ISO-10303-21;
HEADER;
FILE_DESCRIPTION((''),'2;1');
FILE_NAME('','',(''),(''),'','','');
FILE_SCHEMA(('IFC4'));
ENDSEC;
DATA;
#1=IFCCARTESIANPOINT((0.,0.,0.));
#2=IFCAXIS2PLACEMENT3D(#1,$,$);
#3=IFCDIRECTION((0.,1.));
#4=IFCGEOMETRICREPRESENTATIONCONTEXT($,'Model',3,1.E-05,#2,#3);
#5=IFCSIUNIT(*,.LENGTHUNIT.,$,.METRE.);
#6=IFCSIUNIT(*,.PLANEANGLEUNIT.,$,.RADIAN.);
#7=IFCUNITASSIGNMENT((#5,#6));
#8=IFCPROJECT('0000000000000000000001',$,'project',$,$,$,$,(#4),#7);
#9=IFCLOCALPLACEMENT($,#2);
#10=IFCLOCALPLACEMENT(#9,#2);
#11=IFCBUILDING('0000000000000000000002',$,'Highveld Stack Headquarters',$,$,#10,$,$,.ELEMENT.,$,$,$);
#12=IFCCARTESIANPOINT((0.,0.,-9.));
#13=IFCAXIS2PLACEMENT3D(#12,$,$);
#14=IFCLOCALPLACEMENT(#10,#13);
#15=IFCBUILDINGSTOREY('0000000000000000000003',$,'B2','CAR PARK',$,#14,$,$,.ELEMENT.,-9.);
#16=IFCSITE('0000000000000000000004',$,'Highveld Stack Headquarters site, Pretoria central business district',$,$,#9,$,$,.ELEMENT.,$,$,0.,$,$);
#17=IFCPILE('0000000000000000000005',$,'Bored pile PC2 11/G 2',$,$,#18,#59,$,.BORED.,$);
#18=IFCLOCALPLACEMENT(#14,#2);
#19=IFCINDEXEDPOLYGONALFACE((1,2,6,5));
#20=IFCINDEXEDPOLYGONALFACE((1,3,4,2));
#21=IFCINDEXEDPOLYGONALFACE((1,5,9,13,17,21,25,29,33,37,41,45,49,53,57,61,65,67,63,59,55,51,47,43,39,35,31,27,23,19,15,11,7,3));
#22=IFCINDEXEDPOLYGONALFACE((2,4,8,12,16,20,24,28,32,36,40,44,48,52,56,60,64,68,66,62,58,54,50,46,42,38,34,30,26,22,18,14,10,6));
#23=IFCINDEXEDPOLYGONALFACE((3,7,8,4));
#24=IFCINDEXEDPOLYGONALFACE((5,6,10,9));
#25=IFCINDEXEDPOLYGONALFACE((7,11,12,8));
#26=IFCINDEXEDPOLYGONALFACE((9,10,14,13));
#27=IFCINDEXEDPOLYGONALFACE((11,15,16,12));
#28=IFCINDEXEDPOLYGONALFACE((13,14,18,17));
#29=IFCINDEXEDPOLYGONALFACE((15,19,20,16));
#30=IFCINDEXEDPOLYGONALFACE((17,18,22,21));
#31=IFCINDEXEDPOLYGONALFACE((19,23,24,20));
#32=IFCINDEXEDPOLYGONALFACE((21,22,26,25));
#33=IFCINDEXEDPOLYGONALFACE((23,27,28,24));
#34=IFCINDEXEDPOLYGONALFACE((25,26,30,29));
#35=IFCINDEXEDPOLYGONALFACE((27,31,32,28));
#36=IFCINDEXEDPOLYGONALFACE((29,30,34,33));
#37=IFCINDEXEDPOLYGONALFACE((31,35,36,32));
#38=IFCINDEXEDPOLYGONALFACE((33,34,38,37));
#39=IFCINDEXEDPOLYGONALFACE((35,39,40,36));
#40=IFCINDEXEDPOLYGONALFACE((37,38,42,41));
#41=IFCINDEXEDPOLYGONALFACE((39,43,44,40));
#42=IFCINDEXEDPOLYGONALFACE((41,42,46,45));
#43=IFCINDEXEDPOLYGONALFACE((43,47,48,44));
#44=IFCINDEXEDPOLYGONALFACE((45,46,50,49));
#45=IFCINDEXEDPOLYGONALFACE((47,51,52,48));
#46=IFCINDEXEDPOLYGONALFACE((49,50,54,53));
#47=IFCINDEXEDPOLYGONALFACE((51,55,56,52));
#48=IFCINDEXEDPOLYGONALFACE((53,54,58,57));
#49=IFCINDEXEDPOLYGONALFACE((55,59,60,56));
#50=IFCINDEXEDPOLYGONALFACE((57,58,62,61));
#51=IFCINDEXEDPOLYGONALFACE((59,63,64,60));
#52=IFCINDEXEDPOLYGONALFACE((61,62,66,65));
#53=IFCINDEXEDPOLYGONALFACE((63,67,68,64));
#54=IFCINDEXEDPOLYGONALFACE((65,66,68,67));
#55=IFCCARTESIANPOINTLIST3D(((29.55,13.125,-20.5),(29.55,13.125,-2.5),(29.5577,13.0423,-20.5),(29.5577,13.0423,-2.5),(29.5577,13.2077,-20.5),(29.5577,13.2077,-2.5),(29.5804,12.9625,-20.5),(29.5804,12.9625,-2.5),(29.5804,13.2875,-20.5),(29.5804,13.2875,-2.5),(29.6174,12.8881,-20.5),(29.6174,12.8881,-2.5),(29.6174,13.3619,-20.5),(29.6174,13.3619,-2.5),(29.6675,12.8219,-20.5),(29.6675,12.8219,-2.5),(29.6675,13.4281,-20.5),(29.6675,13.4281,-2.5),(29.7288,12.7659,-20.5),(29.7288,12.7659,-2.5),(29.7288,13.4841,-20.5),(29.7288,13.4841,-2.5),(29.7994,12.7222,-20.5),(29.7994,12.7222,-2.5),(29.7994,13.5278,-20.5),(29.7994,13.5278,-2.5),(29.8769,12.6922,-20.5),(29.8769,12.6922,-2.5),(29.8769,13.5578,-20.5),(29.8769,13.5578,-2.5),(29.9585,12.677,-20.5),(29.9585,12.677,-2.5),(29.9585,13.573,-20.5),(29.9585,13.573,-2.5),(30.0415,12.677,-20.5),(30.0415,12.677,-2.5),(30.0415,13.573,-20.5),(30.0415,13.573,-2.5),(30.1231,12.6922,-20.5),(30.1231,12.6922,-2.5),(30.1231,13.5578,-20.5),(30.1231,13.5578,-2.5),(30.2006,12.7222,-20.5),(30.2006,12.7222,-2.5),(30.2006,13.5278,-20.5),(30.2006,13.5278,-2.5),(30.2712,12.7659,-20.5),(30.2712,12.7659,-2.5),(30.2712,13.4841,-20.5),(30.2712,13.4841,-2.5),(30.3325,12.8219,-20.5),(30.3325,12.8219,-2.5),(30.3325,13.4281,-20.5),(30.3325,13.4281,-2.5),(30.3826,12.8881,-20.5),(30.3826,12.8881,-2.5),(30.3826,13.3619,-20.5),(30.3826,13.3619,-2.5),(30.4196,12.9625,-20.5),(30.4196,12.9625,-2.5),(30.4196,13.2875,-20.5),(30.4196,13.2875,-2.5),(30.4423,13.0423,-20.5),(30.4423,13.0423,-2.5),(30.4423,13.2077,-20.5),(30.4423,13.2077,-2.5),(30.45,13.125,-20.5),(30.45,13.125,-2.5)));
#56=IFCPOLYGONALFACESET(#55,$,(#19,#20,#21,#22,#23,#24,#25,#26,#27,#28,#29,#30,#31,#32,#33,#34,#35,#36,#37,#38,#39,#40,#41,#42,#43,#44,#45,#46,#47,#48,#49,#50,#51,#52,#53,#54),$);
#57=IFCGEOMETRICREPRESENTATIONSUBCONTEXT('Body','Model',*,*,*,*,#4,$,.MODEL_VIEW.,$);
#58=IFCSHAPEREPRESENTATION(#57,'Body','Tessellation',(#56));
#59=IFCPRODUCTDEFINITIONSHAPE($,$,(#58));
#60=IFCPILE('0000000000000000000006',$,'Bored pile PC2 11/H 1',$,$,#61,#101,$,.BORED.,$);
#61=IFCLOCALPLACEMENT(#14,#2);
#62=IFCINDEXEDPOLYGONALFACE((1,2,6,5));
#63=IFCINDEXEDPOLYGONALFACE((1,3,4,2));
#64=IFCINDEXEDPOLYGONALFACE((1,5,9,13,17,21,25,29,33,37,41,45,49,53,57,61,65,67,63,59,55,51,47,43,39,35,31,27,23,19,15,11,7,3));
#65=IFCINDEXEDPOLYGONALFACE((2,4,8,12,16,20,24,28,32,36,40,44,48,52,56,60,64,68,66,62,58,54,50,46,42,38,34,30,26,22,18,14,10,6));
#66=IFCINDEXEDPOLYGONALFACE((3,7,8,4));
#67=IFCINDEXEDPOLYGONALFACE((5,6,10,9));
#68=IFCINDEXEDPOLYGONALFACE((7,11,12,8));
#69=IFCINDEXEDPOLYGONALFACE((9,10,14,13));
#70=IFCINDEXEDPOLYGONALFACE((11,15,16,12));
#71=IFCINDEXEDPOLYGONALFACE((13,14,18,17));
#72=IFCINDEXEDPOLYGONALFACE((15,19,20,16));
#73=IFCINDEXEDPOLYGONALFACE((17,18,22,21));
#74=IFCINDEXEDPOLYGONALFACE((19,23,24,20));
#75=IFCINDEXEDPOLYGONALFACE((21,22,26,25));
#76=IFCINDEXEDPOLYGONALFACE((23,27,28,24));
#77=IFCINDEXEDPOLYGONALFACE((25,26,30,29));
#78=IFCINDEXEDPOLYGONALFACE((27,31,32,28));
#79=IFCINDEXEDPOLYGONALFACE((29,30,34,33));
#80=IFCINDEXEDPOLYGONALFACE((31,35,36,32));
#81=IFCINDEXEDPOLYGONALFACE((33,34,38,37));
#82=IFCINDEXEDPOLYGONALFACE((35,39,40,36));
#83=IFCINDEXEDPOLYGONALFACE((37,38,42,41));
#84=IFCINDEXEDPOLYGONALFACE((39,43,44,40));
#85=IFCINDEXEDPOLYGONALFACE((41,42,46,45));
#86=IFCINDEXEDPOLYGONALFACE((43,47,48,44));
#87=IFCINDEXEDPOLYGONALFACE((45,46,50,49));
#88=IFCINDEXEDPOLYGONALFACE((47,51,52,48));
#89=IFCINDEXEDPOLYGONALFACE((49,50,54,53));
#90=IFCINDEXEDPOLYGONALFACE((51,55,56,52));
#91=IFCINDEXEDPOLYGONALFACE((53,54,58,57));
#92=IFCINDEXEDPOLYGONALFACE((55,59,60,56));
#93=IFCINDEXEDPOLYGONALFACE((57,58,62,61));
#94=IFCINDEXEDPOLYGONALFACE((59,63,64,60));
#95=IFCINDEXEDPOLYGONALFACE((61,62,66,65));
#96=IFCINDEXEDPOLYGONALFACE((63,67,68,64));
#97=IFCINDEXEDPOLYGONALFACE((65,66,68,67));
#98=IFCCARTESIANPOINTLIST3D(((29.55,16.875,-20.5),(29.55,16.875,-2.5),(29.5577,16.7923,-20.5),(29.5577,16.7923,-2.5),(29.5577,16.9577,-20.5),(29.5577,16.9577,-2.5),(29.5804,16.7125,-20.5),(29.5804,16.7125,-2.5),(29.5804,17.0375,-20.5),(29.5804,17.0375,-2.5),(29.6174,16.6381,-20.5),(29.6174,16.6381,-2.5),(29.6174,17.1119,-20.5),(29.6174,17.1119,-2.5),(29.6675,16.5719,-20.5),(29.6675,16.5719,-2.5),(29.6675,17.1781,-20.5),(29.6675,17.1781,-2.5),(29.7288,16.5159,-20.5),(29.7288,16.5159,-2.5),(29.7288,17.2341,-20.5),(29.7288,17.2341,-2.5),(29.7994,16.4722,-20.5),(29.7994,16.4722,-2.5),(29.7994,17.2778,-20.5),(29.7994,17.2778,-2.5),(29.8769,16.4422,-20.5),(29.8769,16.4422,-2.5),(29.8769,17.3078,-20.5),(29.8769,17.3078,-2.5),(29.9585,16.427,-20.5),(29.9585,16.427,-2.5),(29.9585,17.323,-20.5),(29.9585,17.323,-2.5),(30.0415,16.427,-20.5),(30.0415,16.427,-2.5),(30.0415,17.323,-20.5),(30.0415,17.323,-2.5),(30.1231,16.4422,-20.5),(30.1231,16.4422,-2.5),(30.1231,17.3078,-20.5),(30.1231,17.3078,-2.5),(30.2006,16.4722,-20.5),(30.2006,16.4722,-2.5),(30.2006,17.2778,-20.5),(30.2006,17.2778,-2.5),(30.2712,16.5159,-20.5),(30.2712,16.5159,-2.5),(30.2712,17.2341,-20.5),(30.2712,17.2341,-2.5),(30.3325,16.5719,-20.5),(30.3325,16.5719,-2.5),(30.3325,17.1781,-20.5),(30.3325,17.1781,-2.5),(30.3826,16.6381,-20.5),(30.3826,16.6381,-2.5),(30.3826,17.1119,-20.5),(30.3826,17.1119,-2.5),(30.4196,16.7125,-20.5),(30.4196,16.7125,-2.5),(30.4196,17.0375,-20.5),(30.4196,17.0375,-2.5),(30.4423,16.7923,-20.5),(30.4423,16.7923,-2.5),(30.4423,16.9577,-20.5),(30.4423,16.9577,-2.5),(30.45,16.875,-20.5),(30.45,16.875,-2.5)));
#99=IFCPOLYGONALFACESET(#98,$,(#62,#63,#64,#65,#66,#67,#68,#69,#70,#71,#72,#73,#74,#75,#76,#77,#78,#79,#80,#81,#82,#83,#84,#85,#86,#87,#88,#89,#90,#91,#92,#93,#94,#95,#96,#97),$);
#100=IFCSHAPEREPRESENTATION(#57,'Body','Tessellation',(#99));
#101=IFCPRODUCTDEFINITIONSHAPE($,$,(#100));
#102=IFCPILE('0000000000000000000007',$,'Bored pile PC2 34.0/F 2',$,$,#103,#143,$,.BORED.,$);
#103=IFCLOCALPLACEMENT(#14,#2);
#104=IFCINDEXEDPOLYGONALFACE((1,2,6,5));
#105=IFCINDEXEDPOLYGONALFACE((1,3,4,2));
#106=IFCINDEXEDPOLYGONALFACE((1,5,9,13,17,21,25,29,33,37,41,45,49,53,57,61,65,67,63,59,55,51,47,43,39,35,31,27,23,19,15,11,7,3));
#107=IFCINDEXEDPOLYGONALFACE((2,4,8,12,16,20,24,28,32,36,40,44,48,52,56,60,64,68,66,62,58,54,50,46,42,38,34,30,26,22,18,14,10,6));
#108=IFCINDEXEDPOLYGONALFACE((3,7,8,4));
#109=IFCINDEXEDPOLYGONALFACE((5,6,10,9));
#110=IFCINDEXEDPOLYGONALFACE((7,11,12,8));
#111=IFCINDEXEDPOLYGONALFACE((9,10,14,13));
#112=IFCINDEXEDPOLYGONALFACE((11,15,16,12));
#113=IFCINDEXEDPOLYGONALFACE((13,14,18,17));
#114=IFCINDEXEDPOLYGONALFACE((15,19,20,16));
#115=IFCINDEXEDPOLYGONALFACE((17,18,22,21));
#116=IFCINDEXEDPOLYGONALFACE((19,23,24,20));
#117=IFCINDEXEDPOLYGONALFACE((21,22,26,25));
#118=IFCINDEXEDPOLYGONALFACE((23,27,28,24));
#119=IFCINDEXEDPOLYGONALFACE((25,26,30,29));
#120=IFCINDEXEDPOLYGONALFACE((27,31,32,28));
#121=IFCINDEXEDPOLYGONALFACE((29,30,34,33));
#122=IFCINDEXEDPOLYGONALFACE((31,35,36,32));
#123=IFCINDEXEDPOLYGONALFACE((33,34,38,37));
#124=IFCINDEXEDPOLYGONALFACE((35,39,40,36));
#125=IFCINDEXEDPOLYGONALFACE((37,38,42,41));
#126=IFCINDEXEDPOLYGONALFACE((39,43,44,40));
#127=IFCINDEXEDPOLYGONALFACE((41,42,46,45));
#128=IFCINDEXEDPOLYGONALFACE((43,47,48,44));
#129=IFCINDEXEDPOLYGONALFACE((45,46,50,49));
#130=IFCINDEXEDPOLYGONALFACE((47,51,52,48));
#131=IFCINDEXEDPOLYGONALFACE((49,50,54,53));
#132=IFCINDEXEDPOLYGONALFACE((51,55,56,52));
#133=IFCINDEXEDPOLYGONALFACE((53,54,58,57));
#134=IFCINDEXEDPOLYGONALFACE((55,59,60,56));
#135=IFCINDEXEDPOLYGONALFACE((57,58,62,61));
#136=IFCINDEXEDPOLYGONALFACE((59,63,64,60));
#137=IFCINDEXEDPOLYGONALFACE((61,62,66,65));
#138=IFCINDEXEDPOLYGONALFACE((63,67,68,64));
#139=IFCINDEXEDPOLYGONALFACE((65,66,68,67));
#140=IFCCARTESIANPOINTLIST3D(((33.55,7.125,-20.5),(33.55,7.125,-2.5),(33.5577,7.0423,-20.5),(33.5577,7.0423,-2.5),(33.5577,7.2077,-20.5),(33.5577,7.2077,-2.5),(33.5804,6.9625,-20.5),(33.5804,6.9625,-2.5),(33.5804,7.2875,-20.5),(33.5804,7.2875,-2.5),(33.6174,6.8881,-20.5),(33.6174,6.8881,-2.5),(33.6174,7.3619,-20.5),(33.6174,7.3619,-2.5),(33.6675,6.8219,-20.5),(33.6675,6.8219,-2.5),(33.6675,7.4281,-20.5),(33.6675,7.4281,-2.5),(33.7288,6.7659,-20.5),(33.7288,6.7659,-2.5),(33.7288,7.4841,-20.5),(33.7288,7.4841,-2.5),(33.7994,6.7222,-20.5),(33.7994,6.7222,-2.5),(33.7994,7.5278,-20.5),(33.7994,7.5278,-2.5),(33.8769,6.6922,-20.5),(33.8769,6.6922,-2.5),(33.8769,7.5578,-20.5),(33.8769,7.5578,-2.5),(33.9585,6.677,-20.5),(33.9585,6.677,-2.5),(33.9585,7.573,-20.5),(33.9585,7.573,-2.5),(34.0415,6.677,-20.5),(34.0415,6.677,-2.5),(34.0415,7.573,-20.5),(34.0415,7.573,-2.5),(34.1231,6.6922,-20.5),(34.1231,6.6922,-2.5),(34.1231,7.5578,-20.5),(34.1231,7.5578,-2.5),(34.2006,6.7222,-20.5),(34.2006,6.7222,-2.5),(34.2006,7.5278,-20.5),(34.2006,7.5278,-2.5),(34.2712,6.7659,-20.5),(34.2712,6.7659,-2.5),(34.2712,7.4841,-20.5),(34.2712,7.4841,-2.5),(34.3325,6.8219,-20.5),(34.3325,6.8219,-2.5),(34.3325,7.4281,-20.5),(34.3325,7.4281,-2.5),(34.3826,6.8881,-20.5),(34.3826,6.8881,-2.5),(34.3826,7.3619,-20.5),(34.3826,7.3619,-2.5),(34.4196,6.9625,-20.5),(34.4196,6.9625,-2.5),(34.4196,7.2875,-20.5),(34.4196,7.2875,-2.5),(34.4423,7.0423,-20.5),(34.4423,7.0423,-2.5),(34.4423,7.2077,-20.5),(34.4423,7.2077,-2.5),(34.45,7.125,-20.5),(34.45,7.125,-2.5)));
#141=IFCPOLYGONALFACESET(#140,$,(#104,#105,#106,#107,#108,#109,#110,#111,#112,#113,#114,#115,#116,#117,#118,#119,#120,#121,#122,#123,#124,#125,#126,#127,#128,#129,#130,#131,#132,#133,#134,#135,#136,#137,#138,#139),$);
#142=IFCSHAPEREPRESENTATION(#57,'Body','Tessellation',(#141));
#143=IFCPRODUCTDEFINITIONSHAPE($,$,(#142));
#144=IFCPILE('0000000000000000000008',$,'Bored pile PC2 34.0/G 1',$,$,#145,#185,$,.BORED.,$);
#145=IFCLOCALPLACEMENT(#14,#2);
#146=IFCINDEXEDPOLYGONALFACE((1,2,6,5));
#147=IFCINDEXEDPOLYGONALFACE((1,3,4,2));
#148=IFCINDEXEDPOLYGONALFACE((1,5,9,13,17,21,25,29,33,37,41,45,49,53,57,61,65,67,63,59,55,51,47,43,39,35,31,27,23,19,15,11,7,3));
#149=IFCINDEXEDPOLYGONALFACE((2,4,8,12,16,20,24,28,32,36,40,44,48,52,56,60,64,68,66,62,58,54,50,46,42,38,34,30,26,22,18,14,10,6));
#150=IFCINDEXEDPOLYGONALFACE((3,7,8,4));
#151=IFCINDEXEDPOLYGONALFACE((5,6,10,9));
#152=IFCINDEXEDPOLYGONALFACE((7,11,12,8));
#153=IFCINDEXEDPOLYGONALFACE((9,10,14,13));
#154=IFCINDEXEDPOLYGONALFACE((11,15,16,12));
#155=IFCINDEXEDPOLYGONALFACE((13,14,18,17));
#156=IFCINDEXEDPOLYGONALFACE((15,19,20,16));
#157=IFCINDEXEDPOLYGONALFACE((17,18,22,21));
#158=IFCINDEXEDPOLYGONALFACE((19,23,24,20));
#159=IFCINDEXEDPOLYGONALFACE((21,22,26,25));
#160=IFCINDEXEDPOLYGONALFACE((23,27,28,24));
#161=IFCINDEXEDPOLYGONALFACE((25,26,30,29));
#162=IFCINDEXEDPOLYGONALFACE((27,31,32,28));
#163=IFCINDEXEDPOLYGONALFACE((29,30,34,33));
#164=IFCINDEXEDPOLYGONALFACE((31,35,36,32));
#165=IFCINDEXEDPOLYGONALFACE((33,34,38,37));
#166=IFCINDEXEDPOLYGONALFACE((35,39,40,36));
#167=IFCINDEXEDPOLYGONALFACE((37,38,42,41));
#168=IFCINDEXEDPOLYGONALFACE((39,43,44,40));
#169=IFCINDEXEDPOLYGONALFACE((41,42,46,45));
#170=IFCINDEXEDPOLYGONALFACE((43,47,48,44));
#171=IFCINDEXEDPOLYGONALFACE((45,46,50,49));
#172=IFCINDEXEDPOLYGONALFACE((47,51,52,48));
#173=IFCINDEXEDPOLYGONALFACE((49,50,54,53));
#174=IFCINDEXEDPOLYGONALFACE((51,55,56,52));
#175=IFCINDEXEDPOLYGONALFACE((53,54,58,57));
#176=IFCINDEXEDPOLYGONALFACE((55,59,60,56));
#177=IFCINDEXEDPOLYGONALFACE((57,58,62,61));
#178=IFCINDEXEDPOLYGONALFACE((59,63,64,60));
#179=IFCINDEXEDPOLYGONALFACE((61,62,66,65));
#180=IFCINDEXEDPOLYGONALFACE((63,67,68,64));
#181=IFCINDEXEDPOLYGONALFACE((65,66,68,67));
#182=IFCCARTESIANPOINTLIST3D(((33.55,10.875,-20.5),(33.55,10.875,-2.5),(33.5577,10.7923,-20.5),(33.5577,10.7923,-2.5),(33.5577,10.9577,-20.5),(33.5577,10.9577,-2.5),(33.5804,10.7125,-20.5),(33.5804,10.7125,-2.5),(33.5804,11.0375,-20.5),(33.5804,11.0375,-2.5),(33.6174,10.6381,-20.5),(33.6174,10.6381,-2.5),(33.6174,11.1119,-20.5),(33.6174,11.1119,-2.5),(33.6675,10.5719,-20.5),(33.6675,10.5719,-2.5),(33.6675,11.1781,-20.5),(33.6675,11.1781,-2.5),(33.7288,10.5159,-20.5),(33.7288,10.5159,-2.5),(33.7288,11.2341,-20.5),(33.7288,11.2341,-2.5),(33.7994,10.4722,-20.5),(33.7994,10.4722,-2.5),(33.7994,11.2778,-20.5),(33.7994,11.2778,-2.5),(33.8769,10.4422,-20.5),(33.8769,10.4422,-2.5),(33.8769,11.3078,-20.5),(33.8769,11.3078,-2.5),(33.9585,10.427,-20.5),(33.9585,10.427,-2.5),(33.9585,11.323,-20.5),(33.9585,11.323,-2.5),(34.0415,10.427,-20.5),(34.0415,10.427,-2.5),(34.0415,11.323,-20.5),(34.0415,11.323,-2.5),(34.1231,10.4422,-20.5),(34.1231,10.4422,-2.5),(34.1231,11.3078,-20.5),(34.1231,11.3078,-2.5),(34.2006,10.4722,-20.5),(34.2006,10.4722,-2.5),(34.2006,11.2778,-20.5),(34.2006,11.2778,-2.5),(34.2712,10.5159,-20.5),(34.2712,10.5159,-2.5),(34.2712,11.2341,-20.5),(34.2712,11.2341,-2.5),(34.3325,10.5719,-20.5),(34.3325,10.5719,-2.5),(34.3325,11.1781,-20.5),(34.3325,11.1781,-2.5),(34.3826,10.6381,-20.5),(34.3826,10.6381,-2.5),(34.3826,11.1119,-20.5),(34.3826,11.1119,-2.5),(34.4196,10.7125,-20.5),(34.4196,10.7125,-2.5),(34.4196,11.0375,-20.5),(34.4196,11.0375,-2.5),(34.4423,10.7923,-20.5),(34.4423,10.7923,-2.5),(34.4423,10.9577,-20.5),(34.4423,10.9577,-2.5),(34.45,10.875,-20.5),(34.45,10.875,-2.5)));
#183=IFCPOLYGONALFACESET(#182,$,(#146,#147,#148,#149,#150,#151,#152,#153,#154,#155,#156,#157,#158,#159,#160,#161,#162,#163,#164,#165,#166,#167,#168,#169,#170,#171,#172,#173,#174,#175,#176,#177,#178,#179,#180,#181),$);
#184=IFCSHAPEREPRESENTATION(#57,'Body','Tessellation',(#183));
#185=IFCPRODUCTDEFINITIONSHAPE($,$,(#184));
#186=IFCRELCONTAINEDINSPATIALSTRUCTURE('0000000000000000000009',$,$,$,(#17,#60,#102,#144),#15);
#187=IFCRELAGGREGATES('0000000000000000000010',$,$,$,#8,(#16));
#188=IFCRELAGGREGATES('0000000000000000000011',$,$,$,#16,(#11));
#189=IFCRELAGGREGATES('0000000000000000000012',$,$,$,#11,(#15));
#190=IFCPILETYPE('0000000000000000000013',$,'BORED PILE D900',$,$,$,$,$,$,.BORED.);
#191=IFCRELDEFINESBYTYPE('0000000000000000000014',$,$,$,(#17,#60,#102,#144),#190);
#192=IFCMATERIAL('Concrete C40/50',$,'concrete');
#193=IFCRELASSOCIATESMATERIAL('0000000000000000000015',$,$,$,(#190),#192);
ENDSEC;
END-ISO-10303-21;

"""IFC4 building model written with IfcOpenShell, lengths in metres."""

from ifc_helpers import new_model, si_unit, direction, frame, origin, origin_2d, place, context, subcontext, project, spatial, circle, extrude, material, type_object, element, save


model = new_model("IFC4")

# Units and contexts
model_context = context("Model", 3, precision=1e-05, world=origin(), true_north=direction((0.0, 1.0)))
body_context = subcontext(model_context, "Body", "Model", "MODEL_VIEW")
ifc_project = project(units=[si_unit("LENGTHUNIT", "METRE"), si_unit("PLANEANGLEUNIT", "RADIAN")], contexts=[model_context])

# Site, building, storey
site_placement = place(None, origin())
site = spatial("IfcSite", under=ifc_project, at=site_placement, Name="Highveld Stack Headquarters site, Pretoria central business district", CompositionType="ELEMENT", RefElevation=0.0)
building_placement = place(site_placement, origin())
building = spatial("IfcBuilding", under=site, at=building_placement, Name="Highveld Stack Headquarters", CompositionType="ELEMENT")
storey_placement = place(building_placement, frame((0.0, 0.0, -9.0)))
storey = spatial("IfcBuildingStorey", under=building, at=storey_placement, Name="B2", Description="CAR PARK", CompositionType="ELEMENT", Elevation=-9.0)

# Piles
ifc_material_1 = material(Name="Concrete C40/50", Category="concrete")
pile_type_1 = type_object("IfcPileType", Name="BORED PILE D900", PredefinedType="BORED", material=ifc_material_1)
for number, where, z_axis, x_axis, name in (
    (1, (30.0, 13.125, -2.5), (0.0, 0.0, -1.0), (1.0, 0.0, 0.0), "Bored pile PC2 11/G 2"),
    (2, (30.0, 16.875, -2.5), (0.0, 0.0, -1.0), (1.0, 0.0, 0.0), "Bored pile PC2 11/H 1"),
    (3, (34.0, 7.125, -2.5), (0.0, 0.0, -1.0), (1.0, 0.0, 0.0), "Bored pile PC2 34.0/F 2"),
    (4, (34.0, 10.875, -2.5), (0.0, 0.0, -1.0), (1.0, 0.0, 0.0), "Bored pile PC2 34.0/G 1"),
):
    element("IfcPile", number, at=place(storey_placement, frame(where, z_axis=z_axis, x_axis=x_axis)), inside=storey, type_object=pile_type_1, Name=name, PredefinedType="BORED", context=body_context, shape_type="SweptSolid", body=[
        extrude(circle(Radius=0.45, at=origin_2d()), origin(), (0.0, 0.0, 1.0), 18.0),
    ])

save(model, "model.ifc")
